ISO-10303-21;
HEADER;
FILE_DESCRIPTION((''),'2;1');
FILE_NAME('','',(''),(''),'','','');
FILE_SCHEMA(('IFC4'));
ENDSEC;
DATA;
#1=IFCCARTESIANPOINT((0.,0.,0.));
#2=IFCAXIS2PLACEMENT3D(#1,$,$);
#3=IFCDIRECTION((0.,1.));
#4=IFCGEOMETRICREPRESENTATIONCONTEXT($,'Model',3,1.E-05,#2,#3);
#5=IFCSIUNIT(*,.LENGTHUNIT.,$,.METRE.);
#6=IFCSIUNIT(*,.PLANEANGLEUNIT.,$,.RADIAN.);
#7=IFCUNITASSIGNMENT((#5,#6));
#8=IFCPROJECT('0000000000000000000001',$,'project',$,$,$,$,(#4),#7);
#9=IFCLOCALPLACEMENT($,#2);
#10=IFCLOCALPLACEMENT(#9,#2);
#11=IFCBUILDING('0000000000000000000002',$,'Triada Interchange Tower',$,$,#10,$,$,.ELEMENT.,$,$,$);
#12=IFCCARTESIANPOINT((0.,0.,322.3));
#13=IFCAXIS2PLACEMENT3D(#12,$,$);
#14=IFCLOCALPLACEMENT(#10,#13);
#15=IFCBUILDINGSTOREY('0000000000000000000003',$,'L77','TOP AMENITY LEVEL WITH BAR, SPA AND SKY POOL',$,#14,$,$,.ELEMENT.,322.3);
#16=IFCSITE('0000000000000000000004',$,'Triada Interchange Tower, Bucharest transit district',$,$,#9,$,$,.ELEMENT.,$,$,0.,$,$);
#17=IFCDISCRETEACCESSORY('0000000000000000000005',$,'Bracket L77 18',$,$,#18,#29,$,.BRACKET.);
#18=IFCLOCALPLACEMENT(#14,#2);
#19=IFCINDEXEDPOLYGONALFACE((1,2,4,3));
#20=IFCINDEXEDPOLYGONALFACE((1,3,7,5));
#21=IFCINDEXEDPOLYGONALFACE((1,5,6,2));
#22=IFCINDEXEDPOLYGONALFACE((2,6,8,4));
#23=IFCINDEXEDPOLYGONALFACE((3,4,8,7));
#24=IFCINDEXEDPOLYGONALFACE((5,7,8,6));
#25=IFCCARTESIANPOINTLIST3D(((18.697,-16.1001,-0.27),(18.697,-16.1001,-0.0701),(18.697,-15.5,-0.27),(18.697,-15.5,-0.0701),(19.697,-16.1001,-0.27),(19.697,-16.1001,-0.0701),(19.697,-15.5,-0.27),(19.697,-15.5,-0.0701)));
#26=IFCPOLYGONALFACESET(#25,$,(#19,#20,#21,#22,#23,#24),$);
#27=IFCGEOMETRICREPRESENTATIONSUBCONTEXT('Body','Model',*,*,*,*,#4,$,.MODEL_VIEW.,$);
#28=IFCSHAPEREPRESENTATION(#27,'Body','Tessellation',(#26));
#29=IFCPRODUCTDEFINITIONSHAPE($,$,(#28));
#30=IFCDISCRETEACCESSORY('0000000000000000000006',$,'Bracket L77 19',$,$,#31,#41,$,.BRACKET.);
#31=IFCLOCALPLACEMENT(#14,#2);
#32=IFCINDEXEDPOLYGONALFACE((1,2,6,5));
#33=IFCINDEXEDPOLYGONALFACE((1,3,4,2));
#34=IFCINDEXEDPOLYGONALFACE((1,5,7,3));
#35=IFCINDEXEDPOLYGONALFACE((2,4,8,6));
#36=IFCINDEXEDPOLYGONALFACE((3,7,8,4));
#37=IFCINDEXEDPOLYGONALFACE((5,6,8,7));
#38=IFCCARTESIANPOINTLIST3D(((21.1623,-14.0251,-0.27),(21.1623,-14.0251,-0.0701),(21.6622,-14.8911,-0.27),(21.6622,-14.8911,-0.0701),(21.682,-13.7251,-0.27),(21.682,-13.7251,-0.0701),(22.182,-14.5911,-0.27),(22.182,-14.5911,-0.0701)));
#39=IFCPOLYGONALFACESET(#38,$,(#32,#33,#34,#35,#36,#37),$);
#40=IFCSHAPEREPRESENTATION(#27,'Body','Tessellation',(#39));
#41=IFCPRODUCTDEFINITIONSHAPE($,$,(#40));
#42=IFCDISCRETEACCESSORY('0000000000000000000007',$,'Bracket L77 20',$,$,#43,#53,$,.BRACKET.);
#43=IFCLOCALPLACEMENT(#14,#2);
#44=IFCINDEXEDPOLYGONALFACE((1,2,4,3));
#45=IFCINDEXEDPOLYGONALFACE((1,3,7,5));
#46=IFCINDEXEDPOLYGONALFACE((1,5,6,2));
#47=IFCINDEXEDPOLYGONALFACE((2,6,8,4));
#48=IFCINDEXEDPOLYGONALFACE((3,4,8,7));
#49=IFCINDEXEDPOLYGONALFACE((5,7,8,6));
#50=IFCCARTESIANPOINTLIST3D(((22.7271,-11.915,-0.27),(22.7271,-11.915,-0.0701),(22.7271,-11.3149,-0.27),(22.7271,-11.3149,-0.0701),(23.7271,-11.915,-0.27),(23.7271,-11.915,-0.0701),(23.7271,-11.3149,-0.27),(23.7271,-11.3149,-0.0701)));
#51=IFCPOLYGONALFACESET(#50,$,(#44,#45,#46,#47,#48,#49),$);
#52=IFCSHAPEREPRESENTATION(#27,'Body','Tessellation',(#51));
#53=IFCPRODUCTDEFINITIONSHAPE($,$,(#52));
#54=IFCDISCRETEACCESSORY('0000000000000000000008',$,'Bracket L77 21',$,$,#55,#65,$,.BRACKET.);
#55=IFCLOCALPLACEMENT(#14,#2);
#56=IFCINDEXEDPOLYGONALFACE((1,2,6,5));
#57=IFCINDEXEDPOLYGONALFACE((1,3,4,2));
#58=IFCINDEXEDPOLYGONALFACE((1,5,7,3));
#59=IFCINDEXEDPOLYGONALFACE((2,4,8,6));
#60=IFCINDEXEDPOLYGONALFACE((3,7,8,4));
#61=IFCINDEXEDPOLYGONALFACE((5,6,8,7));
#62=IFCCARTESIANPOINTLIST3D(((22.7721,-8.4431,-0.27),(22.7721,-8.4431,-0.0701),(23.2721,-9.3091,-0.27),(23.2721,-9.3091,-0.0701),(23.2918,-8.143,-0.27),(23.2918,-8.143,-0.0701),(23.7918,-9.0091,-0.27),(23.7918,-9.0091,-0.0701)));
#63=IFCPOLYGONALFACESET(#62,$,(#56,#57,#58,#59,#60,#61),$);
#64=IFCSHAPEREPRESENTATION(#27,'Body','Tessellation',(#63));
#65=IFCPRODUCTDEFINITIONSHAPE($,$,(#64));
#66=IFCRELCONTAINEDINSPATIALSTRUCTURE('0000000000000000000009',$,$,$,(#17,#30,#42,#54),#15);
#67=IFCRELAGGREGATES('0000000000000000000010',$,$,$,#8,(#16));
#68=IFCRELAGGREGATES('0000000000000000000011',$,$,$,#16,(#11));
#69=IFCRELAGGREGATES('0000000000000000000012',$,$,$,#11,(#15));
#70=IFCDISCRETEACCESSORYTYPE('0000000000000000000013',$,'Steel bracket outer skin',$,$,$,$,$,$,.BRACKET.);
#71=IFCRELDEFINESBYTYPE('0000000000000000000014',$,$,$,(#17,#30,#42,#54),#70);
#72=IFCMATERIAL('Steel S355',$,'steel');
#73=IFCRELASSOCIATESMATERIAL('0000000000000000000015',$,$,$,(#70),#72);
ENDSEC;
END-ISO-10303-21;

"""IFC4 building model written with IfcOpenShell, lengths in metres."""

from ifc_helpers import new_model, si_unit, direction, frame, origin, origin_2d, place, context, subcontext, project, spatial, rectangle, extrude, material, type_object, element, save


model = new_model("IFC4")

# Units and contexts
model_context = context("Model", 3, precision=1e-05, world=origin(), true_north=direction((0.0, 1.0)))
body_context = subcontext(model_context, "Body", "Model", "MODEL_VIEW")
ifc_project = project(units=[si_unit("LENGTHUNIT", "METRE"), si_unit("PLANEANGLEUNIT", "RADIAN")], contexts=[model_context])

# Site, building, storey
site_placement = place(None, origin())
site = spatial("IfcSite", under=ifc_project, at=site_placement, Name="Triada Interchange Tower, Bucharest transit district", CompositionType="ELEMENT", RefElevation=0.0)
building_placement = place(site_placement, origin())
building = spatial("IfcBuilding", under=site, at=building_placement, Name="Triada Interchange Tower", CompositionType="ELEMENT")
storey_placement = place(building_placement, frame((0.0, 0.0, 322.3)))
storey = spatial("IfcBuildingStorey", under=building, at=storey_placement, Name="L77", Description="TOP AMENITY LEVEL WITH BAR, SPA AND SKY POOL", CompositionType="ELEMENT", Elevation=322.3)

# Discrete accessories
ifc_material_1 = material(Name="Steel S355", Category="steel")
discrete_accessory_type = type_object("IfcDiscreteAccessoryType", Name="Steel bracket outer skin", PredefinedType="BRACKET", material=ifc_material_1)
for number, where, z_axis, x_axis, name in (
    (1, (19.197, -15.8, -0.27), (0.0, 0.0, 1.0), (0.0, -1.0, 0.0), "Bracket L77 18"),
    (2, (21.6721, -14.3081, -0.27), (0.0, 0.0, 1.0), (0.866044, 0.499967, 0.0), "Bracket L77 19"),
    (3, (23.2271, -11.615, -0.27), (0.0, 0.0, 1.0), (0.0, -1.0, 0.0), "Bracket L77 20"),
    (4, (23.282, -8.7261, -0.27), (0.0, 0.0, 1.0), (0.866019, 0.500011, 0.0), "Bracket L77 21"),
):
    element("IfcDiscreteAccessory", number, at=place(storey_placement, frame(where, z_axis=z_axis, x_axis=x_axis)), inside=storey, type_object=discrete_accessory_type, Name=name, PredefinedType="BRACKET", context=body_context, shape_type="SweptSolid", body=[
        extrude(rectangle(XDim=0.6001, YDim=1.0, at=origin_2d()), origin(), (0.0, 0.0, 1.0), 0.2),
    ])

save(model, "model.ifc")
